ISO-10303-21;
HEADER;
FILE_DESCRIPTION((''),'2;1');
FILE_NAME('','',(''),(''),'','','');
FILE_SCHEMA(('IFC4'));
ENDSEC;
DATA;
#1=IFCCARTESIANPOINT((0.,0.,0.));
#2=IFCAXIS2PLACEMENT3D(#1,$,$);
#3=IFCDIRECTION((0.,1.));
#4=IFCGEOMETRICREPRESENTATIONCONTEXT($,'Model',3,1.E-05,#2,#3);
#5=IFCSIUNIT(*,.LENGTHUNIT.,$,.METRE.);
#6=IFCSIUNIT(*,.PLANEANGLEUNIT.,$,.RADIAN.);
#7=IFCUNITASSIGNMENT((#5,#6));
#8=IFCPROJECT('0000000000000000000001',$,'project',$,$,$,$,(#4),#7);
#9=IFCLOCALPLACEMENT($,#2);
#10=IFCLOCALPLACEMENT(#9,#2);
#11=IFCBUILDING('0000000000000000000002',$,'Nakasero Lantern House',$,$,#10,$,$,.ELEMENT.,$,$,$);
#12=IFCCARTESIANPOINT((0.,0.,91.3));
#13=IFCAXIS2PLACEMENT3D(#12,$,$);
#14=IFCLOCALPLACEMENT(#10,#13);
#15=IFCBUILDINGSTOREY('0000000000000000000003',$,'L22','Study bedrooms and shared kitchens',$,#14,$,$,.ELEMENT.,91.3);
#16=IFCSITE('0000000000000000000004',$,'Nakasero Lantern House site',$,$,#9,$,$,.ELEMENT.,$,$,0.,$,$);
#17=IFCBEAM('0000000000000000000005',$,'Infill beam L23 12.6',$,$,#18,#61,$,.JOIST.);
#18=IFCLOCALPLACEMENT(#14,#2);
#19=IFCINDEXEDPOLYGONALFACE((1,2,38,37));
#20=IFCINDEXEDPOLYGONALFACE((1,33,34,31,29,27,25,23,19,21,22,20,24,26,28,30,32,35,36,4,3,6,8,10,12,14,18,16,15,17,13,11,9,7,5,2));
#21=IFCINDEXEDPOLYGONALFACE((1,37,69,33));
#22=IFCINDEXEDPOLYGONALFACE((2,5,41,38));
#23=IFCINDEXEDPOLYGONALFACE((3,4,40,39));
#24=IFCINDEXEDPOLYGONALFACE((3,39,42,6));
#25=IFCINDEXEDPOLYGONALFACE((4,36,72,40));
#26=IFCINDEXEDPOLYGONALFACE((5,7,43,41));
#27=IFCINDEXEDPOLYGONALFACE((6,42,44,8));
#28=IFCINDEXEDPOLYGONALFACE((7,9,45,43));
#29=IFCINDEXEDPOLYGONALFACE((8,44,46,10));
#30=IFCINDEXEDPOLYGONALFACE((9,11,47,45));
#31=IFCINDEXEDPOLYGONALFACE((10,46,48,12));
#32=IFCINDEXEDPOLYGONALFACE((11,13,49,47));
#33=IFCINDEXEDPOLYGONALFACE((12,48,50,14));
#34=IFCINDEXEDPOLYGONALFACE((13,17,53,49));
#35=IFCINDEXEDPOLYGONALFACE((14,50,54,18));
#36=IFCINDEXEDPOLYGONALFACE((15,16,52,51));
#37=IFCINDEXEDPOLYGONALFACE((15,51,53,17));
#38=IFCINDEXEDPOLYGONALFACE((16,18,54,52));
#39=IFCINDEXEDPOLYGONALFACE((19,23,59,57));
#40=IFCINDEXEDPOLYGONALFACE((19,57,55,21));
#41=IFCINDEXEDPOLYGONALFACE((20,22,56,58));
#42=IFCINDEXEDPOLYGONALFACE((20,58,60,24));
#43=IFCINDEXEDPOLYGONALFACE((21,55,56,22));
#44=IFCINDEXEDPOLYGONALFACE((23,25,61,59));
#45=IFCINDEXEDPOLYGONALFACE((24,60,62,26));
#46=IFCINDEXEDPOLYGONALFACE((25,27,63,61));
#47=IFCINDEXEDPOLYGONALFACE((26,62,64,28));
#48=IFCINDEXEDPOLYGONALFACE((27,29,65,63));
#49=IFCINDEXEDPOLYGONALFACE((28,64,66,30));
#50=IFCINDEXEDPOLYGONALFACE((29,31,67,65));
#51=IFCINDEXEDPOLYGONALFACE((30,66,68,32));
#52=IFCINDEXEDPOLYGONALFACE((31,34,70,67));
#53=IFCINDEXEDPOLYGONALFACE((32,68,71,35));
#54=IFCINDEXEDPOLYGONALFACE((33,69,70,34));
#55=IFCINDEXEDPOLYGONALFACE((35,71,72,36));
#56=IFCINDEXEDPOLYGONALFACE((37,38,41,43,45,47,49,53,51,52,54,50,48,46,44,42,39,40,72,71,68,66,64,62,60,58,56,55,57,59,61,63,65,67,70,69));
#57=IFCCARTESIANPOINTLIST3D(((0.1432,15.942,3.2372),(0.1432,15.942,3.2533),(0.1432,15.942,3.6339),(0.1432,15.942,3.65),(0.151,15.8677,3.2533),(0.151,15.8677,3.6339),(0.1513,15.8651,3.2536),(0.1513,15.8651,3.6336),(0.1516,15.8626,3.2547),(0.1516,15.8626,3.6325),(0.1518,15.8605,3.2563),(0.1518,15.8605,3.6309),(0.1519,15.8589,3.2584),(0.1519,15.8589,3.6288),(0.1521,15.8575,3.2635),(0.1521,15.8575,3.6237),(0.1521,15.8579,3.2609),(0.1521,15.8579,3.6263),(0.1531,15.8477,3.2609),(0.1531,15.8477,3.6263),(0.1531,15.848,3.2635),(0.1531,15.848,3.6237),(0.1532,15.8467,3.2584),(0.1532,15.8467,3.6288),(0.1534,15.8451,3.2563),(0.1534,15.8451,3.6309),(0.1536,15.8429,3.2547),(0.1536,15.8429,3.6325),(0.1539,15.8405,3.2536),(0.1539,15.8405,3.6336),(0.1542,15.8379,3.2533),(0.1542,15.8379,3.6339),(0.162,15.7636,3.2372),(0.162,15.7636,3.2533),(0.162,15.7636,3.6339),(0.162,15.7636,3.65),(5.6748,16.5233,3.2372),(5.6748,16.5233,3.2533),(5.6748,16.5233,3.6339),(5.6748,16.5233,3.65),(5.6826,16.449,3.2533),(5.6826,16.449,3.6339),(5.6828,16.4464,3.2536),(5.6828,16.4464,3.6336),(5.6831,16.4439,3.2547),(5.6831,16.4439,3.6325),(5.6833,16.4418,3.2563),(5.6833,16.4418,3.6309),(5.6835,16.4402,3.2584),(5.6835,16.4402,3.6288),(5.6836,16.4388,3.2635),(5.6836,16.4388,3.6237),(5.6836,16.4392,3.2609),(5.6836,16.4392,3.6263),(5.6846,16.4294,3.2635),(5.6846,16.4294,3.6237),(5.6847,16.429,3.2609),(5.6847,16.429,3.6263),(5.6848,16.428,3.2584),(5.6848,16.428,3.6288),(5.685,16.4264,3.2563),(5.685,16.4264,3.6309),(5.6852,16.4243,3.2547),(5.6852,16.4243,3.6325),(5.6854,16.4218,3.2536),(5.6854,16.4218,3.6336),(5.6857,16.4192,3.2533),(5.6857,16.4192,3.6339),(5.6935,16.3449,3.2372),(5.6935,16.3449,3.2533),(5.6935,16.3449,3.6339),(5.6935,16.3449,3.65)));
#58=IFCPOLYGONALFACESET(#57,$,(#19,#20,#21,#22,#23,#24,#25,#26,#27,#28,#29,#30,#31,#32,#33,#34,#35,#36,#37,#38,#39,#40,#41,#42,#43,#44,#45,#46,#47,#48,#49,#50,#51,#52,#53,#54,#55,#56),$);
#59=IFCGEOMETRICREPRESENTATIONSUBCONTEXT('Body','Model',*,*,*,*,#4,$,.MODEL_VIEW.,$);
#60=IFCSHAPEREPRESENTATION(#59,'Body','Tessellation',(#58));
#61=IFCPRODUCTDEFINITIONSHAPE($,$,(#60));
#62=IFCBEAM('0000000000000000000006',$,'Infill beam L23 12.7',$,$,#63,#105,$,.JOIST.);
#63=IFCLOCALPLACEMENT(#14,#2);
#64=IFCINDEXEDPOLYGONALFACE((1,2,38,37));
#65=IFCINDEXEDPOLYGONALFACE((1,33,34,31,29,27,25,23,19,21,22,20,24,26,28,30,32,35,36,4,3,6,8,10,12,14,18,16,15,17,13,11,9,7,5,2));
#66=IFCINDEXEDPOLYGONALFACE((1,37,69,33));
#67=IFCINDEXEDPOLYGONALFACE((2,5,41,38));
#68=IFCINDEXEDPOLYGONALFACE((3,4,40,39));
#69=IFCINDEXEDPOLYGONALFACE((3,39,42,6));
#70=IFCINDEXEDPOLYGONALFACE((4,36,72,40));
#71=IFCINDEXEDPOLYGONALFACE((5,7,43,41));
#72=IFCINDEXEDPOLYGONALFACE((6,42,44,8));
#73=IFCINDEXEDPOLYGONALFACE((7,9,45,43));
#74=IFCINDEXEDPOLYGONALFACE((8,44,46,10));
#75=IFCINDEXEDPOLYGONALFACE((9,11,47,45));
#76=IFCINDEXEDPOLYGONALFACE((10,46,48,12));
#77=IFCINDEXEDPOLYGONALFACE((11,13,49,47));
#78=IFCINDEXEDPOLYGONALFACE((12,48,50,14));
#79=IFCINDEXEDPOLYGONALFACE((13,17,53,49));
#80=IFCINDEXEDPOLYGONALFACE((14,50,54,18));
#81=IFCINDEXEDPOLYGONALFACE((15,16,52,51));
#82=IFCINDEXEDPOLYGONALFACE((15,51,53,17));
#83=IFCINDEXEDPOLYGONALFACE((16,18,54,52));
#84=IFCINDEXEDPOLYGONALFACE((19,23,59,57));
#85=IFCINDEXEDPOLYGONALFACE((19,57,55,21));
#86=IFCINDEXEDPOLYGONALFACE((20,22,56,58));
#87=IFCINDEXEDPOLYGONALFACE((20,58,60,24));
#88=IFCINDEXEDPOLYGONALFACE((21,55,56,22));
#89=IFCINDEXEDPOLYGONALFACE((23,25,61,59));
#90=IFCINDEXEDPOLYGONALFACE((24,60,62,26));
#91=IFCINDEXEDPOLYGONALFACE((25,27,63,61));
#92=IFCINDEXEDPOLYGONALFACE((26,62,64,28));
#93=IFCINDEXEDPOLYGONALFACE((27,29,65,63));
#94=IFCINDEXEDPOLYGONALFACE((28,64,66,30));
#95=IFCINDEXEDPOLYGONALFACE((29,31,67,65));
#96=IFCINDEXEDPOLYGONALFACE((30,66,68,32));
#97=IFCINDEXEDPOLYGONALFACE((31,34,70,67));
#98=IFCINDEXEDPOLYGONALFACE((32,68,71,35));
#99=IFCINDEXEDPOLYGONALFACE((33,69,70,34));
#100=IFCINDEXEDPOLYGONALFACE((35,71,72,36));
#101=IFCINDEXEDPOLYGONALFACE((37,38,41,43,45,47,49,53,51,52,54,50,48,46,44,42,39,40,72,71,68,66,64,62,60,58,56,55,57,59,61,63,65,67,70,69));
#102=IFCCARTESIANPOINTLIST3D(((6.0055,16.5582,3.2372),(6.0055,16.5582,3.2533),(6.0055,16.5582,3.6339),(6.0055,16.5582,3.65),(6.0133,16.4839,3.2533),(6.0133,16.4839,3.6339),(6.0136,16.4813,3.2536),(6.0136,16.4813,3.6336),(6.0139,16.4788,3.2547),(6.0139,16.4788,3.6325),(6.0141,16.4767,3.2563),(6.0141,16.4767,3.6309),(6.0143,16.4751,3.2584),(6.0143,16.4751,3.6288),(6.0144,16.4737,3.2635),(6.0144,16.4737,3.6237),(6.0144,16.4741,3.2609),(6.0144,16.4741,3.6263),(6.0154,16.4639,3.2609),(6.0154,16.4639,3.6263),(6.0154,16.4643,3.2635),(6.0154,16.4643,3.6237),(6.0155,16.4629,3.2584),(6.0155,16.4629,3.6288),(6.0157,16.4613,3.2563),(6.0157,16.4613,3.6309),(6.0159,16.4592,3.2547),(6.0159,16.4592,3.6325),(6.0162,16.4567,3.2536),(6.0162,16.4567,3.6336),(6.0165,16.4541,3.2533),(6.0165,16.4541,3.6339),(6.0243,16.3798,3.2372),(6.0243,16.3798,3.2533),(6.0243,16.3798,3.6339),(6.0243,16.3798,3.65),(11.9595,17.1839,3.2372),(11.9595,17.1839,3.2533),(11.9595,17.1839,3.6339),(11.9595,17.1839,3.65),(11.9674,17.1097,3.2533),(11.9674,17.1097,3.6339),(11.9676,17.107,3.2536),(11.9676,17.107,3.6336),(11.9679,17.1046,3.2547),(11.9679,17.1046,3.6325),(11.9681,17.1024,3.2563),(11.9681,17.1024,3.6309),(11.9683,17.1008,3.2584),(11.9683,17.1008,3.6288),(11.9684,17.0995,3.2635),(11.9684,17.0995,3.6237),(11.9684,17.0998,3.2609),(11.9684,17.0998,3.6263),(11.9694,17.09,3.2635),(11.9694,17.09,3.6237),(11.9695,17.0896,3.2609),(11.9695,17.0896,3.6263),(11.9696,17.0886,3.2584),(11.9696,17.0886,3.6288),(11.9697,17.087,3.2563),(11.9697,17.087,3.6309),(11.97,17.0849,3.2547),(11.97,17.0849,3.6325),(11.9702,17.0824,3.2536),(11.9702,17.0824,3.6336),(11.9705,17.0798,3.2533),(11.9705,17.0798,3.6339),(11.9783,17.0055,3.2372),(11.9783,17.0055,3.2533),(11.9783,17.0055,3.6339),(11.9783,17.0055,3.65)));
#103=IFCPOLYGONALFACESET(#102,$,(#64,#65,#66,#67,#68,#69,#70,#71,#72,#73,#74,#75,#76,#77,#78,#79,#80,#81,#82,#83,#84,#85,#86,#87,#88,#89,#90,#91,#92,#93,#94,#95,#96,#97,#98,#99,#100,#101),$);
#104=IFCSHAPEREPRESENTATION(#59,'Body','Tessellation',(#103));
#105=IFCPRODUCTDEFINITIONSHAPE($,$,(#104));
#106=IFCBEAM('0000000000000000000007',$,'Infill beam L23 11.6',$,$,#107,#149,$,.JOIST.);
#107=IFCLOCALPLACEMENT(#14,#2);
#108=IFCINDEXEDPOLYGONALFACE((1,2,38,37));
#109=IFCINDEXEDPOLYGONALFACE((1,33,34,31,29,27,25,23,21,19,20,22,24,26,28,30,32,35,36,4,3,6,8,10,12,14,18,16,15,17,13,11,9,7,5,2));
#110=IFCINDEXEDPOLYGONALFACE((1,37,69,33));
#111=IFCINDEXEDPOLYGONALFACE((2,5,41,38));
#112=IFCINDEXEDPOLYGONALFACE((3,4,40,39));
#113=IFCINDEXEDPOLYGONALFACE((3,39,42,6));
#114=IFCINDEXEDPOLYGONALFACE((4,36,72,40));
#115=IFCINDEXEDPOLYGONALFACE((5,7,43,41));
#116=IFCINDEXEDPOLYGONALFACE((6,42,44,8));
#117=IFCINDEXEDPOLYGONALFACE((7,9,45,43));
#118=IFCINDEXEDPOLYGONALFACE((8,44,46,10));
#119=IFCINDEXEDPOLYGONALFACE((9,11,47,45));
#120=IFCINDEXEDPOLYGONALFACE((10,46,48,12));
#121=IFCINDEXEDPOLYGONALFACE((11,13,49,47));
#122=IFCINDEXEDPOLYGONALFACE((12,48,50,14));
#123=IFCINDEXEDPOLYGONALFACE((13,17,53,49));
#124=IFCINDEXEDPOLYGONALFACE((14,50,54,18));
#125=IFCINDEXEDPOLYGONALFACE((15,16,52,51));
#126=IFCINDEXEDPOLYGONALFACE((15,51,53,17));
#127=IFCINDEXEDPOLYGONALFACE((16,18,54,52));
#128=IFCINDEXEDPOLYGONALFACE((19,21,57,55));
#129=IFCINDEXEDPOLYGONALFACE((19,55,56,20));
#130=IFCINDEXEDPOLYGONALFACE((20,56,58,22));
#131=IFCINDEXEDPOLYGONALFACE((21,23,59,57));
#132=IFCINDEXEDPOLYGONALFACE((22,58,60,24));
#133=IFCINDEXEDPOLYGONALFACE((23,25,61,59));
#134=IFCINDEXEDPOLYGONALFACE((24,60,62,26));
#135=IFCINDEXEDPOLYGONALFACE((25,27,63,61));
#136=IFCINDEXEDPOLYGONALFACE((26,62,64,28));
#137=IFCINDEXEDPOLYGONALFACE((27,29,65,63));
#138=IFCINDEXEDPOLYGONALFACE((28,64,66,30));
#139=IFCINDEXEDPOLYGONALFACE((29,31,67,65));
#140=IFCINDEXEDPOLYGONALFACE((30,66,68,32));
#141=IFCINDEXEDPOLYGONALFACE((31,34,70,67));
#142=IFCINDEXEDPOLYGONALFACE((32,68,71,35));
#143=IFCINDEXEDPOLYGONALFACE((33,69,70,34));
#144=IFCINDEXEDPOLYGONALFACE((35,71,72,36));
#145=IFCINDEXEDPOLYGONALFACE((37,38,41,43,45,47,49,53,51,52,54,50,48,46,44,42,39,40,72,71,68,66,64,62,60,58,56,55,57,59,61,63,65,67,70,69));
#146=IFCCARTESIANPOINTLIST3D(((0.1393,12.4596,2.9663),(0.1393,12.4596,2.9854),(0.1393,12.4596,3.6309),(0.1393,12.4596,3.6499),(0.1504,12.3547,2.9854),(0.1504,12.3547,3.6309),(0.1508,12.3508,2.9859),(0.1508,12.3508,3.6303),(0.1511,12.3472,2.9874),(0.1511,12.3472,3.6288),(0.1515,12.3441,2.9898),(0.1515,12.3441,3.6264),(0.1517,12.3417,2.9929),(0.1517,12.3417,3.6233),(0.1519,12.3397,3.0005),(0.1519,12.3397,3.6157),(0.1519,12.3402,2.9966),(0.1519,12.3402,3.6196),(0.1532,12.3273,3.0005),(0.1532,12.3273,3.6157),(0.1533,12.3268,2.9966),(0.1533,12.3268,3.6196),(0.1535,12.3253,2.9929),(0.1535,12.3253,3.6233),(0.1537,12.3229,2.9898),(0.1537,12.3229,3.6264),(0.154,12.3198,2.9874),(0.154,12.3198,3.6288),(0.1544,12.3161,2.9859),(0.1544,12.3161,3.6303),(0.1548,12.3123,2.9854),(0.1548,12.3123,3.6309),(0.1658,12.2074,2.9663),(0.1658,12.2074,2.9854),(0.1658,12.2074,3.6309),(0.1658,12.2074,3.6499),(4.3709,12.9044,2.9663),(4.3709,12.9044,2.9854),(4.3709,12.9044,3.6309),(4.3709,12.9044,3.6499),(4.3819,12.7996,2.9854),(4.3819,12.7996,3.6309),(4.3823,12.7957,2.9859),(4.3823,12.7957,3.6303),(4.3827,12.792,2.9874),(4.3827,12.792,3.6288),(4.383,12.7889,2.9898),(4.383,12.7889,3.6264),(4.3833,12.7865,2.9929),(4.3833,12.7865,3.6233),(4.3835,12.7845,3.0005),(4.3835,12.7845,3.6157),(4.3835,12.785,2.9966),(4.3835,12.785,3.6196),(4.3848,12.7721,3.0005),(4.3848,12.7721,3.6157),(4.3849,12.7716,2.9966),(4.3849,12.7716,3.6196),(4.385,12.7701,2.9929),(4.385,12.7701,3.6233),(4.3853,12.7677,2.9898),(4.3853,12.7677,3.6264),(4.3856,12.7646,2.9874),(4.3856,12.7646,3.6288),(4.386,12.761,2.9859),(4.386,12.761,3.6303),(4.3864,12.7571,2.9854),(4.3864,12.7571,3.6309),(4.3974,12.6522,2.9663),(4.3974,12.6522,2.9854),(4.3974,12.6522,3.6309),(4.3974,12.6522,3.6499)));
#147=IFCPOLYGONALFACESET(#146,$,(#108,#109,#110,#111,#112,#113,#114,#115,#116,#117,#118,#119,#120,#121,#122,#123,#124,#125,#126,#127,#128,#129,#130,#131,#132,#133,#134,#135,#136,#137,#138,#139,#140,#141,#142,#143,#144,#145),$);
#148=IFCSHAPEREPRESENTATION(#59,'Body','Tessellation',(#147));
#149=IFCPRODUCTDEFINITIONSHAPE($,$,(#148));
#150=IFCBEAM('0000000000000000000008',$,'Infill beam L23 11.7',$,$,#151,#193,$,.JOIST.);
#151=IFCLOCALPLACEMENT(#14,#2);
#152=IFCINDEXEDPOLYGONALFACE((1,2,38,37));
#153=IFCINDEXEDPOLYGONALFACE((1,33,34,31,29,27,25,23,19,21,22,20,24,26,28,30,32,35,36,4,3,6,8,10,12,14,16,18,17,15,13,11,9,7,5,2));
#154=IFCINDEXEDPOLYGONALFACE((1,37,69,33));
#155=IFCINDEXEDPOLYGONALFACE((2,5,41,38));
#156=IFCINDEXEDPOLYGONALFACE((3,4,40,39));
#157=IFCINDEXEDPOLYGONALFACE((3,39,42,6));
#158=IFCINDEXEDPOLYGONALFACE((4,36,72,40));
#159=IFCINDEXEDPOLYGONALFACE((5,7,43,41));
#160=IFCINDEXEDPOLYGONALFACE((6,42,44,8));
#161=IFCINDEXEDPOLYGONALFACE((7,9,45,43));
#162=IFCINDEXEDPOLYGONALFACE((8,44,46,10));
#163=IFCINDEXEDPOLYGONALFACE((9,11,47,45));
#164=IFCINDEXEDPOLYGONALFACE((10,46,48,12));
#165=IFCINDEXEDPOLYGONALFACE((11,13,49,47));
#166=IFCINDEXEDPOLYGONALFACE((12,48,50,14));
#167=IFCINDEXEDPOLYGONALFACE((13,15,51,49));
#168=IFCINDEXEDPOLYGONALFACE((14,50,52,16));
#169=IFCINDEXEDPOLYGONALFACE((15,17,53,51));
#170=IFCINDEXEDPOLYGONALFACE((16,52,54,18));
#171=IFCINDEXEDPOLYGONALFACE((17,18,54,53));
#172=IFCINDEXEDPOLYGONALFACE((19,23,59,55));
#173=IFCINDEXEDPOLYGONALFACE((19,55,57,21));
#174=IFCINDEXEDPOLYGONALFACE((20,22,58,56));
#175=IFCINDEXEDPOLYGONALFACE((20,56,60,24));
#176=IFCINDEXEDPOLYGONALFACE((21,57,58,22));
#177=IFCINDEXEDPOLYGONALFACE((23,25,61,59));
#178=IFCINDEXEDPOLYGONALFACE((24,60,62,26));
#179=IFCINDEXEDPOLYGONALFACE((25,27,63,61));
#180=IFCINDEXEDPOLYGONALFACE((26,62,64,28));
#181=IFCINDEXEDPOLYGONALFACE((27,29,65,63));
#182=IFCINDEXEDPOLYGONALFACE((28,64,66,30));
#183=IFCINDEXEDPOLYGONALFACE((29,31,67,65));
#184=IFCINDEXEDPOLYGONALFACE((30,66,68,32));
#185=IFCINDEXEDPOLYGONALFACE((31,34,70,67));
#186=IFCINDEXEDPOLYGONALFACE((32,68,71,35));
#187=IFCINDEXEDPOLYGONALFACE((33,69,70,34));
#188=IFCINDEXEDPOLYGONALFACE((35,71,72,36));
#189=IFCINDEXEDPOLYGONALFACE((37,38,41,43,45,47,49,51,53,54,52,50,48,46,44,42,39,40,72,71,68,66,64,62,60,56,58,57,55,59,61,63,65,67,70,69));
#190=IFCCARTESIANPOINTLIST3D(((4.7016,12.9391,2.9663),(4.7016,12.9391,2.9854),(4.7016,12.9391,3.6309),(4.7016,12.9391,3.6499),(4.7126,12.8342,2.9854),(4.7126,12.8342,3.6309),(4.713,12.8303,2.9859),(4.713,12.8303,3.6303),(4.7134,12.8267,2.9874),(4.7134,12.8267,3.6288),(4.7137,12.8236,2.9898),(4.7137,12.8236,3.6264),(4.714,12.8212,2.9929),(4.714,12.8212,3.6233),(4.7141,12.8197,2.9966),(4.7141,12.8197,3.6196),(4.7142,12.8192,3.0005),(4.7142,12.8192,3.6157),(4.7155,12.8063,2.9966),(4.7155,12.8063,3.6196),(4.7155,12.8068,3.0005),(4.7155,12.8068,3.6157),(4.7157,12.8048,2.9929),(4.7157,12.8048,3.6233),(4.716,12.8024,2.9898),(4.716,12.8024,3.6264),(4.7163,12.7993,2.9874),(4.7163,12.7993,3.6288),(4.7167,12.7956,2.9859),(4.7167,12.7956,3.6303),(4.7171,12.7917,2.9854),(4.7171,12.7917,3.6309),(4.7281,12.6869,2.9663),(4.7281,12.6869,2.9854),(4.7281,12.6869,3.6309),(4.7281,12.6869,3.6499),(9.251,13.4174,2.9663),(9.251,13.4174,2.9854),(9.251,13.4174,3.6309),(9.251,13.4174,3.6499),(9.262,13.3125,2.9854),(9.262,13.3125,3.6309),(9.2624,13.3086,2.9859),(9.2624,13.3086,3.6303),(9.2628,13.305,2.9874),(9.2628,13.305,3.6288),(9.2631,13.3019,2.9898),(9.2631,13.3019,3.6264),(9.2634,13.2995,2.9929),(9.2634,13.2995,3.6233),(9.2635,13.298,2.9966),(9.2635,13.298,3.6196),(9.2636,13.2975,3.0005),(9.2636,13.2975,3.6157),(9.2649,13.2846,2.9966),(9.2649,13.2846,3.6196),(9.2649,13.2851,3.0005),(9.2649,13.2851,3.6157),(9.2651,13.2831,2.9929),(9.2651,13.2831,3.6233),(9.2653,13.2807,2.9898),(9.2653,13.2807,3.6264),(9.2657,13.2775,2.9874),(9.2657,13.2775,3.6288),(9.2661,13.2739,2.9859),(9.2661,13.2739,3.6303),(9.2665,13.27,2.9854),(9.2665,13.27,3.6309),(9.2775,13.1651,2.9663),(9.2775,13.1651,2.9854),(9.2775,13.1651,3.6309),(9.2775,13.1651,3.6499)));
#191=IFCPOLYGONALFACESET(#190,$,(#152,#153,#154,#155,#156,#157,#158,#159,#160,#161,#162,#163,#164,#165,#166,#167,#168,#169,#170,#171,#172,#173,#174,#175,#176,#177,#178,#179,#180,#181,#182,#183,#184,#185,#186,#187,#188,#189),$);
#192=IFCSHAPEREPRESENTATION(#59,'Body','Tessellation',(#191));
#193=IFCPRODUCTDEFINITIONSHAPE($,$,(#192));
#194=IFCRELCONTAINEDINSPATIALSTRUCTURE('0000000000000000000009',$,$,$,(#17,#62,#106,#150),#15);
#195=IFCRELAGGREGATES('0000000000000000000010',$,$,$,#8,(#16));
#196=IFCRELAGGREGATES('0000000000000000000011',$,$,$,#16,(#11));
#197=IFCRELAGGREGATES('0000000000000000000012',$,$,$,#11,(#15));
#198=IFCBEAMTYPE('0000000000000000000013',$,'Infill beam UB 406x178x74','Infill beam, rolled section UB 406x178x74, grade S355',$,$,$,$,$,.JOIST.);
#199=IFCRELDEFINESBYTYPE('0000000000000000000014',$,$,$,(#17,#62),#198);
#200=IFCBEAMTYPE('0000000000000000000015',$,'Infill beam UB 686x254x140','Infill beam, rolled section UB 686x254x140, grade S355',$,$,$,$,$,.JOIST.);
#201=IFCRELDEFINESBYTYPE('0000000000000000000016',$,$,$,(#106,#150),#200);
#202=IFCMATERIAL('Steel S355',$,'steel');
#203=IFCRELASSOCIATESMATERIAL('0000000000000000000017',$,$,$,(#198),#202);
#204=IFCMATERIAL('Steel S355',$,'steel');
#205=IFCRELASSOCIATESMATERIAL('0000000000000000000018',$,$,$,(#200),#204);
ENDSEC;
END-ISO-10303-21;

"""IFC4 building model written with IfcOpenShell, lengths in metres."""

from ifc_helpers import new_model, si_unit, direction, frame, origin, origin_2d, place, context, subcontext, project, spatial, i_section, extrude, material, material_profile, profile_set, type_object, element, save


model = new_model("IFC4")

# Units and contexts
model_context = context("Model", 3, precision=1e-05, world=origin(), true_north=direction((0.0, 1.0)))
body_context = subcontext(model_context, "Body", "Model", "MODEL_VIEW")
ifc_project = project(units=[si_unit("LENGTHUNIT", "METRE"), si_unit("PLANEANGLEUNIT", "RADIAN")], contexts=[model_context])

# Site, building, storey
site_placement = place(None, origin())
site = spatial("IfcSite", under=ifc_project, at=site_placement, Name="Nakasero Lantern House site", CompositionType="ELEMENT", RefElevation=0.0)
building_placement = place(site_placement, origin())
building = spatial("IfcBuilding", under=site, at=building_placement, Name="Nakasero Lantern House", CompositionType="ELEMENT")
storey_placement = place(building_placement, frame((0.0, 0.0, 91.3)))
storey = spatial("IfcBuildingStorey", under=building, at=storey_placement, Name="L22", Description="Study bedrooms and shared kitchens", CompositionType="ELEMENT", Elevation=91.3)

# Beams
ifc_material_1 = material(Name="Steel S355", Category="steel")
ifc_material_profile_1 = material_profile(ifc_material_1, i_section(OverallWidth=0.1794, OverallDepth=0.4128, WebThickness=0.0095, FlangeThickness=0.0161, FilletRadius=0.0103, at=origin_2d()), Name="UB 406x178x74")
ifc_profile_set_1 = profile_set([ifc_material_profile_1], Name="Steel S355")
beam_type_1 = type_object("IfcBeamType", Name="Infill beam UB 406x178x74", Description="Infill beam, rolled section UB 406x178x74, grade S355", PredefinedType="JOIST", material=ifc_profile_set_1)
beam_1_placement = place(storey_placement, frame((0.1526, 15.8528, 3.4436), z_axis=(0.994523, 0.104513, 0.0), x_axis=(-0.104513, 0.994523, 0.0)))
element("IfcBeam", 1, at=beam_1_placement, inside=storey, type_object=beam_type_1, Name="Infill beam L23 12.6", PredefinedType="JOIST", context=body_context, shape_type="SweptSolid", body=[
    extrude(i_section(OverallWidth=0.1794, OverallDepth=0.4128, WebThickness=0.0095, FlangeThickness=0.0161, FilletRadius=0.0103, at=origin_2d()), origin(), (0.0, 0.0, 1.0), 5.562),
])
beam_2_placement = place(storey_placement, frame((6.0149, 16.469, 3.4436), z_axis=(0.994523, 0.104517, 0.0), x_axis=(-0.104517, 0.994523, 0.0)))
element("IfcBeam", 2, at=beam_2_placement, inside=storey, type_object=beam_type_1, Name="Infill beam L23 12.7", PredefinedType="JOIST", context=body_context, shape_type="SweptSolid", body=[
    extrude(i_section(OverallWidth=0.1794, OverallDepth=0.4128, WebThickness=0.0095, FlangeThickness=0.0161, FilletRadius=0.0103, at=origin_2d()), origin(), (0.0, 0.0, 1.0), 5.9868),
])
ifc_material_2 = material(Name="Steel S355", Category="steel")
ifc_material_profile_2 = material_profile(ifc_material_2, i_section(OverallWidth=0.2537, OverallDepth=0.6836, WebThickness=0.0125, FlangeThickness=0.019, FilletRadius=0.0151, at=origin_2d()), Name="UB 686x254x140")
ifc_profile_set_2 = profile_set([ifc_material_profile_2], Name="Steel S355")
beam_type_2 = type_object("IfcBeamType", Name="Infill beam UB 686x254x140", Description="Infill beam, rolled section UB 686x254x140, grade S355", PredefinedType="JOIST", material=ifc_profile_set_2)
beam_3_placement = place(storey_placement, frame((0.1526, 12.3335, 3.3081), z_axis=(0.994521, 0.104541, 0.0), x_axis=(-0.104541, 0.994521, 0.0)))
element("IfcBeam", 3, at=beam_3_placement, inside=storey, type_object=beam_type_2, Name="Infill beam L23 11.6", PredefinedType="JOIST", context=body_context, shape_type="SweptSolid", body=[
    extrude(i_section(OverallWidth=0.2537, OverallDepth=0.6836, WebThickness=0.0125, FlangeThickness=0.019, FilletRadius=0.0151, at=origin_2d()), origin(), (0.0, 0.0, 1.0), 4.2549),
])
beam_4_placement = place(storey_placement, frame((4.7148, 12.813, 3.3081), z_axis=(0.994519, 0.104554, 0.0), x_axis=(-0.104554, 0.994519, 0.0)))
element("IfcBeam", 4, at=beam_4_placement, inside=storey, type_object=beam_type_2, Name="Infill beam L23 11.7", PredefinedType="JOIST", context=body_context, shape_type="SweptSolid", body=[
    extrude(i_section(OverallWidth=0.2537, OverallDepth=0.6836, WebThickness=0.0125, FlangeThickness=0.019, FilletRadius=0.0151, at=origin_2d()), origin(), (0.0, 0.0, 1.0), 4.5745),
])

save(model, "model.ifc")
